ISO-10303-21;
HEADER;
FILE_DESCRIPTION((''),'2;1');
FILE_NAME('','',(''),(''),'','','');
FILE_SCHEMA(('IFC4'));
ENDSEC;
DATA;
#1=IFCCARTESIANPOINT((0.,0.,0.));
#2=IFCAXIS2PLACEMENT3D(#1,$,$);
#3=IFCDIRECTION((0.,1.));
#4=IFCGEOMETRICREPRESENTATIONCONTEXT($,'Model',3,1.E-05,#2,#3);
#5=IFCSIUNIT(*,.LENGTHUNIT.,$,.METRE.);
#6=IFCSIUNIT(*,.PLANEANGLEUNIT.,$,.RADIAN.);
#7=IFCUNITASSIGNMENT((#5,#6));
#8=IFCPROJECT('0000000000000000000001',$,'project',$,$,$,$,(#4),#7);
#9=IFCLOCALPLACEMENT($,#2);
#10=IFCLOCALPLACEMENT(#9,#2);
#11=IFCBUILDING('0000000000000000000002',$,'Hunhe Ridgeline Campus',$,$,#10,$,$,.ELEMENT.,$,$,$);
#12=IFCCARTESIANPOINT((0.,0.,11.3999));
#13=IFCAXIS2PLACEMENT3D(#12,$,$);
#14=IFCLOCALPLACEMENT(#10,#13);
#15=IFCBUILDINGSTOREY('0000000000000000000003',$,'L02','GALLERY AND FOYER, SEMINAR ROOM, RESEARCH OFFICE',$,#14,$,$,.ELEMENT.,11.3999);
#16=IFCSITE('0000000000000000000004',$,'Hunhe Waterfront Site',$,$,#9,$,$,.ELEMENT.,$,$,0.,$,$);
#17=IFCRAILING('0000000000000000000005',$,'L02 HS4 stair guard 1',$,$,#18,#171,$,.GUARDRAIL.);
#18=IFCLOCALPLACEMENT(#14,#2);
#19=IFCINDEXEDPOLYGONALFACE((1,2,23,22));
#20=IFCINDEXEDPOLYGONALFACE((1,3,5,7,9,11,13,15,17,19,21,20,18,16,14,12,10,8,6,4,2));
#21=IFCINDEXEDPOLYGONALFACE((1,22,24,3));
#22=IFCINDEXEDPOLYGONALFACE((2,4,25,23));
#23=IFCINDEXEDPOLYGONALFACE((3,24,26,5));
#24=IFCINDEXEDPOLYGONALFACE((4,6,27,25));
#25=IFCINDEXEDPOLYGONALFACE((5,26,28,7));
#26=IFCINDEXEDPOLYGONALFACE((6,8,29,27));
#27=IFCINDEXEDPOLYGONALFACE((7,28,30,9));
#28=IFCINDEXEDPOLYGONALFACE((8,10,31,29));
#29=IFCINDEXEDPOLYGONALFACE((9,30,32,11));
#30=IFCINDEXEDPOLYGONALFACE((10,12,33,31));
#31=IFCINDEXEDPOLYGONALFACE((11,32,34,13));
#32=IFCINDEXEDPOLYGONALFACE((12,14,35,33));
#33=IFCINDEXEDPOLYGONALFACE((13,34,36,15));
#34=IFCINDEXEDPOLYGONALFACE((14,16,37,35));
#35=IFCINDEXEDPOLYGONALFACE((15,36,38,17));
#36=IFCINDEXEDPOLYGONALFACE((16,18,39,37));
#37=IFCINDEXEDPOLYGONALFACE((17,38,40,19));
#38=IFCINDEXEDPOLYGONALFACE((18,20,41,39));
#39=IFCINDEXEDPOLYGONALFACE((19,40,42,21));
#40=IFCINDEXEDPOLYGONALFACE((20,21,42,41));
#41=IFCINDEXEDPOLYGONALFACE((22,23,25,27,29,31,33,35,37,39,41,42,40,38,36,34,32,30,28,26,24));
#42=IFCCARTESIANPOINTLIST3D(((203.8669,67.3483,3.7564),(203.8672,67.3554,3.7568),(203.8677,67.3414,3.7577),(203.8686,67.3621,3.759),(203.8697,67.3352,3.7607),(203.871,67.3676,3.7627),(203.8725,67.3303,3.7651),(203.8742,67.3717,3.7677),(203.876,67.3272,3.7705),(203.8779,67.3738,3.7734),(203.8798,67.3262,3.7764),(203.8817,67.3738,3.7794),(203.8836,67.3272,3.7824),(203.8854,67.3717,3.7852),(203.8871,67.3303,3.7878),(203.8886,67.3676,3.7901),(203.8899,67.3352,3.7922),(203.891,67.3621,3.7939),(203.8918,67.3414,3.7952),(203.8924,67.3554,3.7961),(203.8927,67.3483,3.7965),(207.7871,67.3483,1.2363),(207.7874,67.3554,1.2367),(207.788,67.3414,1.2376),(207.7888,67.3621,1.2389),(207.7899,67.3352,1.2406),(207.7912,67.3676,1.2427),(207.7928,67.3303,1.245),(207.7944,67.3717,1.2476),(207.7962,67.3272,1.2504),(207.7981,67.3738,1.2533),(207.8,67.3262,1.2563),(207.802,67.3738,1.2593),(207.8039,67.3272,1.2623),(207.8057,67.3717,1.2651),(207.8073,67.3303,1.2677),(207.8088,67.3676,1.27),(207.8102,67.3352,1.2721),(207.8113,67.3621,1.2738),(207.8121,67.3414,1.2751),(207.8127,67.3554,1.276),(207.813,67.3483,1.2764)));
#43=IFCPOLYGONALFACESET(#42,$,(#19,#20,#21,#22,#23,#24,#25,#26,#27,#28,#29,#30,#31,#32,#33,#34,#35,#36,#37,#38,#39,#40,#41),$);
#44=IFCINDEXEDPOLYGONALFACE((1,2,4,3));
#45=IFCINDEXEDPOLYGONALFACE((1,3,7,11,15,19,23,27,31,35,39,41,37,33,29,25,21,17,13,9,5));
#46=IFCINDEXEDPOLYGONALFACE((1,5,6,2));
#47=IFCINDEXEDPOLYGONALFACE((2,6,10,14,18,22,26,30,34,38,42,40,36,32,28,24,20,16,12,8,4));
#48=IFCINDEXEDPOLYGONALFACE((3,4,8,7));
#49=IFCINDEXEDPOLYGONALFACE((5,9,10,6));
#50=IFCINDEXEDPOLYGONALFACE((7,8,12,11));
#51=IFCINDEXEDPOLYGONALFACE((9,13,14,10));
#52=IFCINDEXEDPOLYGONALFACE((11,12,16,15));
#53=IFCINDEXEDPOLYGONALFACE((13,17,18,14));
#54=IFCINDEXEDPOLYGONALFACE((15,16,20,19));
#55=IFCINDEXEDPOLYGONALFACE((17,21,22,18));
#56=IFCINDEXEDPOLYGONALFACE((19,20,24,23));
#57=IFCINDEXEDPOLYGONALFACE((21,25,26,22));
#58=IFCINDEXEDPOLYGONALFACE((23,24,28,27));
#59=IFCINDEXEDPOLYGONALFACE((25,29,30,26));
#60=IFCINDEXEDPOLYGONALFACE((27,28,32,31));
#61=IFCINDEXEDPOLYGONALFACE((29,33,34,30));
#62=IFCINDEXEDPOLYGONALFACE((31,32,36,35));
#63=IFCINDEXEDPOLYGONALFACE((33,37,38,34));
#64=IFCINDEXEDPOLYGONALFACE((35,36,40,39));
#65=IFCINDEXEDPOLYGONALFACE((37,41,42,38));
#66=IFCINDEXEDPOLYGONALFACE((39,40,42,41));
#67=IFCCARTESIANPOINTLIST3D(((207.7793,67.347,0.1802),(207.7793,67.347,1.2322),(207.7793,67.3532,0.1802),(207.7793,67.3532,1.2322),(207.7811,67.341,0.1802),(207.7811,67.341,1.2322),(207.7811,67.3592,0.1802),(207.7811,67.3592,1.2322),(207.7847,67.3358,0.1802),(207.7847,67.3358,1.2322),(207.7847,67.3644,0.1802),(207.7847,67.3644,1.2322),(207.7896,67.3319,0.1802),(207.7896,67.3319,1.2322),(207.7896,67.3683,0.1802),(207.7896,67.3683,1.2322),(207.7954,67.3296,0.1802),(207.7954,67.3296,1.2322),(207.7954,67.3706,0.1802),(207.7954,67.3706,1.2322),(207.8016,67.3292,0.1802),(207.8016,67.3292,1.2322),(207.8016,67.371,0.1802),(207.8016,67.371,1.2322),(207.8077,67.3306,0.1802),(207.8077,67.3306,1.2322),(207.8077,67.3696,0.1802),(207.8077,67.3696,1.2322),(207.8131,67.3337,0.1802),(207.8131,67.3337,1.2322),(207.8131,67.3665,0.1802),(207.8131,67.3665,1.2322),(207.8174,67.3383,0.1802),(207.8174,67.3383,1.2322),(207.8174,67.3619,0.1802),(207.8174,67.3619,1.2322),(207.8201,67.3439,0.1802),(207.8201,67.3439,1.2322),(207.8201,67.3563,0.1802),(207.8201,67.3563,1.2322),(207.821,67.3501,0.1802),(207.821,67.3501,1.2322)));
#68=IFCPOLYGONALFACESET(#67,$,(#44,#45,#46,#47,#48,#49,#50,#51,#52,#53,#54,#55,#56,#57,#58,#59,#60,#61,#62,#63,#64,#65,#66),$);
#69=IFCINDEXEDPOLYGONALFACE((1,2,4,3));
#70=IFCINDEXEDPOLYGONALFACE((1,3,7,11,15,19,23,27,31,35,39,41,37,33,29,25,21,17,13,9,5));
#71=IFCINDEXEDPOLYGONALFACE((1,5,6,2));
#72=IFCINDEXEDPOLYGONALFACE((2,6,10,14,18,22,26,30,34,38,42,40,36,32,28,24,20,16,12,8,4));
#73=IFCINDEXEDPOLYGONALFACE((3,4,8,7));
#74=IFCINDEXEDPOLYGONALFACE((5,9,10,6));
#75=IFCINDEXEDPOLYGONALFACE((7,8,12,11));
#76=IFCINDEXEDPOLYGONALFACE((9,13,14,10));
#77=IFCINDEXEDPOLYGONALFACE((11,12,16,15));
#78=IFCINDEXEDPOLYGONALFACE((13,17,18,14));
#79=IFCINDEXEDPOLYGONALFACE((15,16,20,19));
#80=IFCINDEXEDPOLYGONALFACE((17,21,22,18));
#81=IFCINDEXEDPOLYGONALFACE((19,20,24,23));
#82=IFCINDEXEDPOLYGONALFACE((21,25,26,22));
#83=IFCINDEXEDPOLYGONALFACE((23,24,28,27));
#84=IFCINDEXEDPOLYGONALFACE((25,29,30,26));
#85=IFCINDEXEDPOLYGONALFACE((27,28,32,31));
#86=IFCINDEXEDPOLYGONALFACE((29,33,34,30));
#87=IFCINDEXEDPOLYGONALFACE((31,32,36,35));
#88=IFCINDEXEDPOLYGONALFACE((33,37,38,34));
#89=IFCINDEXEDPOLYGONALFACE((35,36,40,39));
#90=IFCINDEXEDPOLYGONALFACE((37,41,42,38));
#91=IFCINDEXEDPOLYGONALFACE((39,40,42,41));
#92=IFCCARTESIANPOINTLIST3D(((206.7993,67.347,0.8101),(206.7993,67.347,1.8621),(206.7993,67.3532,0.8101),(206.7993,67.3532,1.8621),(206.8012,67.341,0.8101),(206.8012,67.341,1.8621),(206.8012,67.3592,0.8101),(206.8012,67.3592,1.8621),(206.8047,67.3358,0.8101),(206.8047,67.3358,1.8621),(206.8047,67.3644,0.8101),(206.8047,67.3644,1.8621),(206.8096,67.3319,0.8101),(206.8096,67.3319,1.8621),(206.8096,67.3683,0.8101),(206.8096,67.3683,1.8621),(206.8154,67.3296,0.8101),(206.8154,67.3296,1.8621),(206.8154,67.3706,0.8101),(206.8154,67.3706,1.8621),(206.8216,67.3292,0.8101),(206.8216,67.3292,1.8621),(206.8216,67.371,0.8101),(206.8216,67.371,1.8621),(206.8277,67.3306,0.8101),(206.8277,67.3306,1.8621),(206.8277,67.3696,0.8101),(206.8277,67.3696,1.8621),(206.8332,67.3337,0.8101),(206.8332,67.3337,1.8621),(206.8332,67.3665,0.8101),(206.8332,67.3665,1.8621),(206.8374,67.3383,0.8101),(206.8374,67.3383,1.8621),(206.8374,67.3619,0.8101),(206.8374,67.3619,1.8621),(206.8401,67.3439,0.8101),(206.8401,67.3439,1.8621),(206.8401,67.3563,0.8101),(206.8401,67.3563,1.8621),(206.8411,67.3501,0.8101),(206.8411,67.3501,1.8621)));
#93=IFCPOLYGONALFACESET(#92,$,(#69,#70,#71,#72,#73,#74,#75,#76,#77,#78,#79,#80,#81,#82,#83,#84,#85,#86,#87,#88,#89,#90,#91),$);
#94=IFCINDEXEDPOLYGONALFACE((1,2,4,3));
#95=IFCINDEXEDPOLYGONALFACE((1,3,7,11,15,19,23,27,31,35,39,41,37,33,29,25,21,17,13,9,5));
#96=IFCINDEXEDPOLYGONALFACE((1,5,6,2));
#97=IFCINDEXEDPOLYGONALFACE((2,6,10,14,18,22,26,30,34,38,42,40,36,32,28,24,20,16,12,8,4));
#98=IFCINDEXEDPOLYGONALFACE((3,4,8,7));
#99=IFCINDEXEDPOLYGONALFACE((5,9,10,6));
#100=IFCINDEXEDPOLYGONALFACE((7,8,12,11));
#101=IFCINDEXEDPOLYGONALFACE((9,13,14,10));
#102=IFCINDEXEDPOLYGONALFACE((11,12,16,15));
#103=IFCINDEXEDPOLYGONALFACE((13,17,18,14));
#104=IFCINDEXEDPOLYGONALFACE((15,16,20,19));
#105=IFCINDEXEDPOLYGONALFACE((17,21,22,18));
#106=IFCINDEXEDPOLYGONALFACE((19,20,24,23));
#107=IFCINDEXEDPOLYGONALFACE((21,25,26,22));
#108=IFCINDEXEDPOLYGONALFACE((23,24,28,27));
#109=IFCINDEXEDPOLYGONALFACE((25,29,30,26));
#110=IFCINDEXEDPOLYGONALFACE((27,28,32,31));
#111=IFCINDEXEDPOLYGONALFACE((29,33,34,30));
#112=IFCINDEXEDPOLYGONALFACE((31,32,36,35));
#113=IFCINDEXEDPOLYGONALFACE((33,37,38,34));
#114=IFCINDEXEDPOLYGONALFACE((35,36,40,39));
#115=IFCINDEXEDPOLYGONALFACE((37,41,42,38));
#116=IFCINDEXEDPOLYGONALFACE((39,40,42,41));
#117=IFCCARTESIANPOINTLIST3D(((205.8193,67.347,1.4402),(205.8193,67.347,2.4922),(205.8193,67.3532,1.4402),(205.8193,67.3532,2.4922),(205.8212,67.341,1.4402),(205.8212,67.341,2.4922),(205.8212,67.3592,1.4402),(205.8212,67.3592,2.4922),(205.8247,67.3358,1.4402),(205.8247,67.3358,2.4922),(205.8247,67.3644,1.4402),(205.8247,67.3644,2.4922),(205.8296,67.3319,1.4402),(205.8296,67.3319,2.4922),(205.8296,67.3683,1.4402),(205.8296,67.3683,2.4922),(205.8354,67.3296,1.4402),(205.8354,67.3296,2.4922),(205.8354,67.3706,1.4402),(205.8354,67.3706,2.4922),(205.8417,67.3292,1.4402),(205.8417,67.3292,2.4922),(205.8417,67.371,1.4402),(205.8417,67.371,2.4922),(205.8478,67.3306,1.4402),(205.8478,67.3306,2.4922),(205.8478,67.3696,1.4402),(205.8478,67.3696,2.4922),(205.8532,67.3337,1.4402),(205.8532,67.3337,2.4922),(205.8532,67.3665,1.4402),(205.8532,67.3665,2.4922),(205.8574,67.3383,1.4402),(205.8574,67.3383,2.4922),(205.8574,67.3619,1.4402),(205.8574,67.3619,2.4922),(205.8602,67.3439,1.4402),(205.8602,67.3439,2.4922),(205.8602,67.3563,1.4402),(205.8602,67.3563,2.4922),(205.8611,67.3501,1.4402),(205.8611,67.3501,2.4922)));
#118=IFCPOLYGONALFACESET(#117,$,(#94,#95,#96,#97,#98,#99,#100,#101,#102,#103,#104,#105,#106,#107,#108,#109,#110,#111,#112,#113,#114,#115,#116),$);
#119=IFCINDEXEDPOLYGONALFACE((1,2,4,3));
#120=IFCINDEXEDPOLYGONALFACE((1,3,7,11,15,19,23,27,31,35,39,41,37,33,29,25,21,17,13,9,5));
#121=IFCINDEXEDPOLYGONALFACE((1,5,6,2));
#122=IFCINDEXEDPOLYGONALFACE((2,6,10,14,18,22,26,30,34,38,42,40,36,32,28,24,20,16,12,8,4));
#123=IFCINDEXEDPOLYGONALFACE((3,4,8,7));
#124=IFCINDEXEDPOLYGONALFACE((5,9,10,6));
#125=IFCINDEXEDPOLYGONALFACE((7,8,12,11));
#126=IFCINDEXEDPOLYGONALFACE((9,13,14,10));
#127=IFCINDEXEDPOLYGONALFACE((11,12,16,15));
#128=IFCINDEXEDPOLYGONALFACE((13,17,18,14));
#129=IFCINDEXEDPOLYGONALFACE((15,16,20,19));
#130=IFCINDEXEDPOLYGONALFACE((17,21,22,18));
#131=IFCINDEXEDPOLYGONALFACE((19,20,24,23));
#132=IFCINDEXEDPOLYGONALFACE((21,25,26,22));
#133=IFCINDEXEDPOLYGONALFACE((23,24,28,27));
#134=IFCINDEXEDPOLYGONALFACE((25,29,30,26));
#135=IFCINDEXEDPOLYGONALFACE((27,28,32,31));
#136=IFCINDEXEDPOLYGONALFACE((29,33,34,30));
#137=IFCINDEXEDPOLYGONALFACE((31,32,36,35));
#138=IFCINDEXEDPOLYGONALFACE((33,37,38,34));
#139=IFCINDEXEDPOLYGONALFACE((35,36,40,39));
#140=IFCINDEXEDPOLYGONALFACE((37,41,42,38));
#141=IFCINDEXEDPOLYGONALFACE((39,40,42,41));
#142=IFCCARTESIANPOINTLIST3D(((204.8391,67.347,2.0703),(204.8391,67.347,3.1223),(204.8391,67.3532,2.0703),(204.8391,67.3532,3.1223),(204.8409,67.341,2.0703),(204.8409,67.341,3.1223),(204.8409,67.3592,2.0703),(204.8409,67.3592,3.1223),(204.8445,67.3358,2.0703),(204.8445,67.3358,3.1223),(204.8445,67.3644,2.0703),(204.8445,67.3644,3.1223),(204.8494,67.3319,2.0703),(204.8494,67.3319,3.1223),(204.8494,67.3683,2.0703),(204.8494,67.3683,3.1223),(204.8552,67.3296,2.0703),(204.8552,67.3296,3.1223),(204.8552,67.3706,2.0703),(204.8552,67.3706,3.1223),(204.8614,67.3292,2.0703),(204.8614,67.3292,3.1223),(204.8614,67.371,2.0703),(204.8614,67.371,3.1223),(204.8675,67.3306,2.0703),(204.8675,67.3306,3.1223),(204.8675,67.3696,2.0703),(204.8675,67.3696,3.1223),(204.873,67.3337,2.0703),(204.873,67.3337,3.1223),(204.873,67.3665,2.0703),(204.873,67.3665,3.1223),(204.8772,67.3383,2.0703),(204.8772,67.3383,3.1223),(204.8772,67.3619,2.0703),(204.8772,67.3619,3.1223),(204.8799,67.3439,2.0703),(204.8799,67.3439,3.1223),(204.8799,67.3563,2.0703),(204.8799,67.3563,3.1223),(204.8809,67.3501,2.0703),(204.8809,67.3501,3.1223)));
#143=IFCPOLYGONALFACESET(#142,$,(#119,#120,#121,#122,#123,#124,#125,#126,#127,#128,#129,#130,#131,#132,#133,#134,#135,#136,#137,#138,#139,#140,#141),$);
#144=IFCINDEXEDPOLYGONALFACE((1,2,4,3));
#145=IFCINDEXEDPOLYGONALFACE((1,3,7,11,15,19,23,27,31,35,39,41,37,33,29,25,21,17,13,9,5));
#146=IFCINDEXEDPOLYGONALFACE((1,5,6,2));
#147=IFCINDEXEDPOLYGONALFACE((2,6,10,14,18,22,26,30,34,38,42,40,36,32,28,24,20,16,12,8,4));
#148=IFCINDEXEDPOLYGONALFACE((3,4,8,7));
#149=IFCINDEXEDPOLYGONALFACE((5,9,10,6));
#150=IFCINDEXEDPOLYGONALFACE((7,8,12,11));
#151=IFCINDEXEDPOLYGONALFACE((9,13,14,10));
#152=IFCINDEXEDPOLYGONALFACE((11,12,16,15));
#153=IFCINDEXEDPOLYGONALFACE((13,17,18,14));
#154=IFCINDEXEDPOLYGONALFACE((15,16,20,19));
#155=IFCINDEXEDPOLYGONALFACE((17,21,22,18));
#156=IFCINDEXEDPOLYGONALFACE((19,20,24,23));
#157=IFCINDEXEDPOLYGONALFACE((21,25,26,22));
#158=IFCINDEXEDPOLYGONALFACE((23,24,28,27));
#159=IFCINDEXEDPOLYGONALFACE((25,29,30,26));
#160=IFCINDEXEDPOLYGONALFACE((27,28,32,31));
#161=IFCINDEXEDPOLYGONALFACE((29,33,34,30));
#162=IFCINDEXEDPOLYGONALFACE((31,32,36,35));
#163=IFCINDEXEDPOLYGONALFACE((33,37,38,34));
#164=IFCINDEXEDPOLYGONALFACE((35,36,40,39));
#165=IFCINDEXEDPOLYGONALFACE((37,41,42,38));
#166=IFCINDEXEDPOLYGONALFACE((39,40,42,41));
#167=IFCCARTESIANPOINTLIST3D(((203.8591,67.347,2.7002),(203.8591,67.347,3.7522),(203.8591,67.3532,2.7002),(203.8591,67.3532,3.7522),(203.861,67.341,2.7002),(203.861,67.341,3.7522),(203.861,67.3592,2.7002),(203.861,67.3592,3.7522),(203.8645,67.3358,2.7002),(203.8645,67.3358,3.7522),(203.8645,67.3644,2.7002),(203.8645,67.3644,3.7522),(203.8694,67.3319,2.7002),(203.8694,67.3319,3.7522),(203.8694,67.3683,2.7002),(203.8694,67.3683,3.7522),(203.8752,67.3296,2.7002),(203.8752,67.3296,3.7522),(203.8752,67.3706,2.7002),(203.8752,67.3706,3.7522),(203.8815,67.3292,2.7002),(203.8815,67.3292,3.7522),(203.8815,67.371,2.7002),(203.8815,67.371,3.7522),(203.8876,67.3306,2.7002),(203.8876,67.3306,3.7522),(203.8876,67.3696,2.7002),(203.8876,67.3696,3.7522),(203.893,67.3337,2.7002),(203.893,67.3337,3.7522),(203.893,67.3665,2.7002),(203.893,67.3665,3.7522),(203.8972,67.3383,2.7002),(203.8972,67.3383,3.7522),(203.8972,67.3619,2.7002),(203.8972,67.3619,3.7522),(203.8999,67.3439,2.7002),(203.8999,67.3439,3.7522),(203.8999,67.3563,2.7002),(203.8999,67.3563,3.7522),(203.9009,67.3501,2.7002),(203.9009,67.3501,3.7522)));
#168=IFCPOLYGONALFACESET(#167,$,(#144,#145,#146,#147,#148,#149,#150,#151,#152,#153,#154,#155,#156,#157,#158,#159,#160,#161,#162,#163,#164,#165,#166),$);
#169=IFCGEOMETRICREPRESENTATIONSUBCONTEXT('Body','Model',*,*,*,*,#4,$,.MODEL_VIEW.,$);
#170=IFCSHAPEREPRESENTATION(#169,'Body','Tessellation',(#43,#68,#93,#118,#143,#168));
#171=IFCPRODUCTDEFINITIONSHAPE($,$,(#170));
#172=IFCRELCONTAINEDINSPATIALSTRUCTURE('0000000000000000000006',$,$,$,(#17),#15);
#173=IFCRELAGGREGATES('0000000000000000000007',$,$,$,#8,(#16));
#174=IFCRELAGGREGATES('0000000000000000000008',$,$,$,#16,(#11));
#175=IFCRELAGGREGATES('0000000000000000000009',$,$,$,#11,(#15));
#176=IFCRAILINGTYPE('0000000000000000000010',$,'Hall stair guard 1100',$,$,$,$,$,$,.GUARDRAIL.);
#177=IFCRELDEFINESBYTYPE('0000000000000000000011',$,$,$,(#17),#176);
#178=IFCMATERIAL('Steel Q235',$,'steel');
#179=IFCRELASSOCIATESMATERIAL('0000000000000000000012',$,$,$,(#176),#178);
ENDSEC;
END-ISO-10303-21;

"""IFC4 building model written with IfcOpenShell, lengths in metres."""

from ifc_helpers import new_model, si_unit, direction, frame, origin, origin_2d, place, context, subcontext, project, spatial, circle, extrude, material, type_object, element, save


model = new_model("IFC4")

# Units and contexts
model_context = context("Model", 3, precision=1e-05, world=origin(), true_north=direction((0.0, 1.0)))
body_context = subcontext(model_context, "Body", "Model", "MODEL_VIEW")
ifc_project = project(units=[si_unit("LENGTHUNIT", "METRE"), si_unit("PLANEANGLEUNIT", "RADIAN")], contexts=[model_context])

# Site, building, storey
site_placement = place(None, origin())
site = spatial("IfcSite", under=ifc_project, at=site_placement, Name="Hunhe Waterfront Site", CompositionType="ELEMENT", RefElevation=0.0)
building_placement = place(site_placement, origin())
building = spatial("IfcBuilding", under=site, at=building_placement, Name="Hunhe Ridgeline Campus", CompositionType="ELEMENT")
storey_placement = place(building_placement, frame((0.0, 0.0, 11.3999)))
storey = spatial("IfcBuildingStorey", under=building, at=storey_placement, Name="L02", Description="GALLERY AND FOYER, SEMINAR ROOM, RESEARCH OFFICE", CompositionType="ELEMENT", Elevation=11.3999)

# Railing
ifc_material_1 = material(Name="Steel Q235", Category="steel")
railing_type_1 = type_object("IfcRailingType", Name="Hall stair guard 1100", PredefinedType="GUARDRAIL", material=ifc_material_1)
railing_1_placement = place(storey_placement, frame((207.8, 67.3501, 0.1802)))
element("IfcRailing", 1, at=railing_1_placement, inside=storey, type_object=railing_type_1, Name="L02 HS4 stair guard 1", PredefinedType="GUARDRAIL", context=body_context, shape_type="SweptSolid", body=[
    extrude(circle(Radius=0.0239, at=origin_2d()), frame((0.0, 0.0, 1.0762), z_axis=(-0.841187, 0.0, 0.540744), x_axis=(0.0, -1.0, 0.0)), (0.0, 0.0, 1.0), 4.6604),
    extrude(circle(Radius=0.021, at=origin_2d()), origin(), (0.0, 0.0, 1.0), 1.052),
    extrude(circle(Radius=0.021, at=origin_2d()), frame((-0.98, 0.0, 0.6299)), (0.0, 0.0, 1.0), 1.052),
    extrude(circle(Radius=0.021, at=origin_2d()), frame((-1.96, 0.0, 1.26)), (0.0, 0.0, 1.0), 1.052),
    extrude(circle(Radius=0.021, at=origin_2d()), frame((-2.9402, 0.0, 1.8901)), (0.0, 0.0, 1.0), 1.052),
    extrude(circle(Radius=0.021, at=origin_2d()), frame((-3.9202, 0.0, 2.52)), (0.0, 0.0, 1.0), 1.052),
])

save(model, "model.ifc")
